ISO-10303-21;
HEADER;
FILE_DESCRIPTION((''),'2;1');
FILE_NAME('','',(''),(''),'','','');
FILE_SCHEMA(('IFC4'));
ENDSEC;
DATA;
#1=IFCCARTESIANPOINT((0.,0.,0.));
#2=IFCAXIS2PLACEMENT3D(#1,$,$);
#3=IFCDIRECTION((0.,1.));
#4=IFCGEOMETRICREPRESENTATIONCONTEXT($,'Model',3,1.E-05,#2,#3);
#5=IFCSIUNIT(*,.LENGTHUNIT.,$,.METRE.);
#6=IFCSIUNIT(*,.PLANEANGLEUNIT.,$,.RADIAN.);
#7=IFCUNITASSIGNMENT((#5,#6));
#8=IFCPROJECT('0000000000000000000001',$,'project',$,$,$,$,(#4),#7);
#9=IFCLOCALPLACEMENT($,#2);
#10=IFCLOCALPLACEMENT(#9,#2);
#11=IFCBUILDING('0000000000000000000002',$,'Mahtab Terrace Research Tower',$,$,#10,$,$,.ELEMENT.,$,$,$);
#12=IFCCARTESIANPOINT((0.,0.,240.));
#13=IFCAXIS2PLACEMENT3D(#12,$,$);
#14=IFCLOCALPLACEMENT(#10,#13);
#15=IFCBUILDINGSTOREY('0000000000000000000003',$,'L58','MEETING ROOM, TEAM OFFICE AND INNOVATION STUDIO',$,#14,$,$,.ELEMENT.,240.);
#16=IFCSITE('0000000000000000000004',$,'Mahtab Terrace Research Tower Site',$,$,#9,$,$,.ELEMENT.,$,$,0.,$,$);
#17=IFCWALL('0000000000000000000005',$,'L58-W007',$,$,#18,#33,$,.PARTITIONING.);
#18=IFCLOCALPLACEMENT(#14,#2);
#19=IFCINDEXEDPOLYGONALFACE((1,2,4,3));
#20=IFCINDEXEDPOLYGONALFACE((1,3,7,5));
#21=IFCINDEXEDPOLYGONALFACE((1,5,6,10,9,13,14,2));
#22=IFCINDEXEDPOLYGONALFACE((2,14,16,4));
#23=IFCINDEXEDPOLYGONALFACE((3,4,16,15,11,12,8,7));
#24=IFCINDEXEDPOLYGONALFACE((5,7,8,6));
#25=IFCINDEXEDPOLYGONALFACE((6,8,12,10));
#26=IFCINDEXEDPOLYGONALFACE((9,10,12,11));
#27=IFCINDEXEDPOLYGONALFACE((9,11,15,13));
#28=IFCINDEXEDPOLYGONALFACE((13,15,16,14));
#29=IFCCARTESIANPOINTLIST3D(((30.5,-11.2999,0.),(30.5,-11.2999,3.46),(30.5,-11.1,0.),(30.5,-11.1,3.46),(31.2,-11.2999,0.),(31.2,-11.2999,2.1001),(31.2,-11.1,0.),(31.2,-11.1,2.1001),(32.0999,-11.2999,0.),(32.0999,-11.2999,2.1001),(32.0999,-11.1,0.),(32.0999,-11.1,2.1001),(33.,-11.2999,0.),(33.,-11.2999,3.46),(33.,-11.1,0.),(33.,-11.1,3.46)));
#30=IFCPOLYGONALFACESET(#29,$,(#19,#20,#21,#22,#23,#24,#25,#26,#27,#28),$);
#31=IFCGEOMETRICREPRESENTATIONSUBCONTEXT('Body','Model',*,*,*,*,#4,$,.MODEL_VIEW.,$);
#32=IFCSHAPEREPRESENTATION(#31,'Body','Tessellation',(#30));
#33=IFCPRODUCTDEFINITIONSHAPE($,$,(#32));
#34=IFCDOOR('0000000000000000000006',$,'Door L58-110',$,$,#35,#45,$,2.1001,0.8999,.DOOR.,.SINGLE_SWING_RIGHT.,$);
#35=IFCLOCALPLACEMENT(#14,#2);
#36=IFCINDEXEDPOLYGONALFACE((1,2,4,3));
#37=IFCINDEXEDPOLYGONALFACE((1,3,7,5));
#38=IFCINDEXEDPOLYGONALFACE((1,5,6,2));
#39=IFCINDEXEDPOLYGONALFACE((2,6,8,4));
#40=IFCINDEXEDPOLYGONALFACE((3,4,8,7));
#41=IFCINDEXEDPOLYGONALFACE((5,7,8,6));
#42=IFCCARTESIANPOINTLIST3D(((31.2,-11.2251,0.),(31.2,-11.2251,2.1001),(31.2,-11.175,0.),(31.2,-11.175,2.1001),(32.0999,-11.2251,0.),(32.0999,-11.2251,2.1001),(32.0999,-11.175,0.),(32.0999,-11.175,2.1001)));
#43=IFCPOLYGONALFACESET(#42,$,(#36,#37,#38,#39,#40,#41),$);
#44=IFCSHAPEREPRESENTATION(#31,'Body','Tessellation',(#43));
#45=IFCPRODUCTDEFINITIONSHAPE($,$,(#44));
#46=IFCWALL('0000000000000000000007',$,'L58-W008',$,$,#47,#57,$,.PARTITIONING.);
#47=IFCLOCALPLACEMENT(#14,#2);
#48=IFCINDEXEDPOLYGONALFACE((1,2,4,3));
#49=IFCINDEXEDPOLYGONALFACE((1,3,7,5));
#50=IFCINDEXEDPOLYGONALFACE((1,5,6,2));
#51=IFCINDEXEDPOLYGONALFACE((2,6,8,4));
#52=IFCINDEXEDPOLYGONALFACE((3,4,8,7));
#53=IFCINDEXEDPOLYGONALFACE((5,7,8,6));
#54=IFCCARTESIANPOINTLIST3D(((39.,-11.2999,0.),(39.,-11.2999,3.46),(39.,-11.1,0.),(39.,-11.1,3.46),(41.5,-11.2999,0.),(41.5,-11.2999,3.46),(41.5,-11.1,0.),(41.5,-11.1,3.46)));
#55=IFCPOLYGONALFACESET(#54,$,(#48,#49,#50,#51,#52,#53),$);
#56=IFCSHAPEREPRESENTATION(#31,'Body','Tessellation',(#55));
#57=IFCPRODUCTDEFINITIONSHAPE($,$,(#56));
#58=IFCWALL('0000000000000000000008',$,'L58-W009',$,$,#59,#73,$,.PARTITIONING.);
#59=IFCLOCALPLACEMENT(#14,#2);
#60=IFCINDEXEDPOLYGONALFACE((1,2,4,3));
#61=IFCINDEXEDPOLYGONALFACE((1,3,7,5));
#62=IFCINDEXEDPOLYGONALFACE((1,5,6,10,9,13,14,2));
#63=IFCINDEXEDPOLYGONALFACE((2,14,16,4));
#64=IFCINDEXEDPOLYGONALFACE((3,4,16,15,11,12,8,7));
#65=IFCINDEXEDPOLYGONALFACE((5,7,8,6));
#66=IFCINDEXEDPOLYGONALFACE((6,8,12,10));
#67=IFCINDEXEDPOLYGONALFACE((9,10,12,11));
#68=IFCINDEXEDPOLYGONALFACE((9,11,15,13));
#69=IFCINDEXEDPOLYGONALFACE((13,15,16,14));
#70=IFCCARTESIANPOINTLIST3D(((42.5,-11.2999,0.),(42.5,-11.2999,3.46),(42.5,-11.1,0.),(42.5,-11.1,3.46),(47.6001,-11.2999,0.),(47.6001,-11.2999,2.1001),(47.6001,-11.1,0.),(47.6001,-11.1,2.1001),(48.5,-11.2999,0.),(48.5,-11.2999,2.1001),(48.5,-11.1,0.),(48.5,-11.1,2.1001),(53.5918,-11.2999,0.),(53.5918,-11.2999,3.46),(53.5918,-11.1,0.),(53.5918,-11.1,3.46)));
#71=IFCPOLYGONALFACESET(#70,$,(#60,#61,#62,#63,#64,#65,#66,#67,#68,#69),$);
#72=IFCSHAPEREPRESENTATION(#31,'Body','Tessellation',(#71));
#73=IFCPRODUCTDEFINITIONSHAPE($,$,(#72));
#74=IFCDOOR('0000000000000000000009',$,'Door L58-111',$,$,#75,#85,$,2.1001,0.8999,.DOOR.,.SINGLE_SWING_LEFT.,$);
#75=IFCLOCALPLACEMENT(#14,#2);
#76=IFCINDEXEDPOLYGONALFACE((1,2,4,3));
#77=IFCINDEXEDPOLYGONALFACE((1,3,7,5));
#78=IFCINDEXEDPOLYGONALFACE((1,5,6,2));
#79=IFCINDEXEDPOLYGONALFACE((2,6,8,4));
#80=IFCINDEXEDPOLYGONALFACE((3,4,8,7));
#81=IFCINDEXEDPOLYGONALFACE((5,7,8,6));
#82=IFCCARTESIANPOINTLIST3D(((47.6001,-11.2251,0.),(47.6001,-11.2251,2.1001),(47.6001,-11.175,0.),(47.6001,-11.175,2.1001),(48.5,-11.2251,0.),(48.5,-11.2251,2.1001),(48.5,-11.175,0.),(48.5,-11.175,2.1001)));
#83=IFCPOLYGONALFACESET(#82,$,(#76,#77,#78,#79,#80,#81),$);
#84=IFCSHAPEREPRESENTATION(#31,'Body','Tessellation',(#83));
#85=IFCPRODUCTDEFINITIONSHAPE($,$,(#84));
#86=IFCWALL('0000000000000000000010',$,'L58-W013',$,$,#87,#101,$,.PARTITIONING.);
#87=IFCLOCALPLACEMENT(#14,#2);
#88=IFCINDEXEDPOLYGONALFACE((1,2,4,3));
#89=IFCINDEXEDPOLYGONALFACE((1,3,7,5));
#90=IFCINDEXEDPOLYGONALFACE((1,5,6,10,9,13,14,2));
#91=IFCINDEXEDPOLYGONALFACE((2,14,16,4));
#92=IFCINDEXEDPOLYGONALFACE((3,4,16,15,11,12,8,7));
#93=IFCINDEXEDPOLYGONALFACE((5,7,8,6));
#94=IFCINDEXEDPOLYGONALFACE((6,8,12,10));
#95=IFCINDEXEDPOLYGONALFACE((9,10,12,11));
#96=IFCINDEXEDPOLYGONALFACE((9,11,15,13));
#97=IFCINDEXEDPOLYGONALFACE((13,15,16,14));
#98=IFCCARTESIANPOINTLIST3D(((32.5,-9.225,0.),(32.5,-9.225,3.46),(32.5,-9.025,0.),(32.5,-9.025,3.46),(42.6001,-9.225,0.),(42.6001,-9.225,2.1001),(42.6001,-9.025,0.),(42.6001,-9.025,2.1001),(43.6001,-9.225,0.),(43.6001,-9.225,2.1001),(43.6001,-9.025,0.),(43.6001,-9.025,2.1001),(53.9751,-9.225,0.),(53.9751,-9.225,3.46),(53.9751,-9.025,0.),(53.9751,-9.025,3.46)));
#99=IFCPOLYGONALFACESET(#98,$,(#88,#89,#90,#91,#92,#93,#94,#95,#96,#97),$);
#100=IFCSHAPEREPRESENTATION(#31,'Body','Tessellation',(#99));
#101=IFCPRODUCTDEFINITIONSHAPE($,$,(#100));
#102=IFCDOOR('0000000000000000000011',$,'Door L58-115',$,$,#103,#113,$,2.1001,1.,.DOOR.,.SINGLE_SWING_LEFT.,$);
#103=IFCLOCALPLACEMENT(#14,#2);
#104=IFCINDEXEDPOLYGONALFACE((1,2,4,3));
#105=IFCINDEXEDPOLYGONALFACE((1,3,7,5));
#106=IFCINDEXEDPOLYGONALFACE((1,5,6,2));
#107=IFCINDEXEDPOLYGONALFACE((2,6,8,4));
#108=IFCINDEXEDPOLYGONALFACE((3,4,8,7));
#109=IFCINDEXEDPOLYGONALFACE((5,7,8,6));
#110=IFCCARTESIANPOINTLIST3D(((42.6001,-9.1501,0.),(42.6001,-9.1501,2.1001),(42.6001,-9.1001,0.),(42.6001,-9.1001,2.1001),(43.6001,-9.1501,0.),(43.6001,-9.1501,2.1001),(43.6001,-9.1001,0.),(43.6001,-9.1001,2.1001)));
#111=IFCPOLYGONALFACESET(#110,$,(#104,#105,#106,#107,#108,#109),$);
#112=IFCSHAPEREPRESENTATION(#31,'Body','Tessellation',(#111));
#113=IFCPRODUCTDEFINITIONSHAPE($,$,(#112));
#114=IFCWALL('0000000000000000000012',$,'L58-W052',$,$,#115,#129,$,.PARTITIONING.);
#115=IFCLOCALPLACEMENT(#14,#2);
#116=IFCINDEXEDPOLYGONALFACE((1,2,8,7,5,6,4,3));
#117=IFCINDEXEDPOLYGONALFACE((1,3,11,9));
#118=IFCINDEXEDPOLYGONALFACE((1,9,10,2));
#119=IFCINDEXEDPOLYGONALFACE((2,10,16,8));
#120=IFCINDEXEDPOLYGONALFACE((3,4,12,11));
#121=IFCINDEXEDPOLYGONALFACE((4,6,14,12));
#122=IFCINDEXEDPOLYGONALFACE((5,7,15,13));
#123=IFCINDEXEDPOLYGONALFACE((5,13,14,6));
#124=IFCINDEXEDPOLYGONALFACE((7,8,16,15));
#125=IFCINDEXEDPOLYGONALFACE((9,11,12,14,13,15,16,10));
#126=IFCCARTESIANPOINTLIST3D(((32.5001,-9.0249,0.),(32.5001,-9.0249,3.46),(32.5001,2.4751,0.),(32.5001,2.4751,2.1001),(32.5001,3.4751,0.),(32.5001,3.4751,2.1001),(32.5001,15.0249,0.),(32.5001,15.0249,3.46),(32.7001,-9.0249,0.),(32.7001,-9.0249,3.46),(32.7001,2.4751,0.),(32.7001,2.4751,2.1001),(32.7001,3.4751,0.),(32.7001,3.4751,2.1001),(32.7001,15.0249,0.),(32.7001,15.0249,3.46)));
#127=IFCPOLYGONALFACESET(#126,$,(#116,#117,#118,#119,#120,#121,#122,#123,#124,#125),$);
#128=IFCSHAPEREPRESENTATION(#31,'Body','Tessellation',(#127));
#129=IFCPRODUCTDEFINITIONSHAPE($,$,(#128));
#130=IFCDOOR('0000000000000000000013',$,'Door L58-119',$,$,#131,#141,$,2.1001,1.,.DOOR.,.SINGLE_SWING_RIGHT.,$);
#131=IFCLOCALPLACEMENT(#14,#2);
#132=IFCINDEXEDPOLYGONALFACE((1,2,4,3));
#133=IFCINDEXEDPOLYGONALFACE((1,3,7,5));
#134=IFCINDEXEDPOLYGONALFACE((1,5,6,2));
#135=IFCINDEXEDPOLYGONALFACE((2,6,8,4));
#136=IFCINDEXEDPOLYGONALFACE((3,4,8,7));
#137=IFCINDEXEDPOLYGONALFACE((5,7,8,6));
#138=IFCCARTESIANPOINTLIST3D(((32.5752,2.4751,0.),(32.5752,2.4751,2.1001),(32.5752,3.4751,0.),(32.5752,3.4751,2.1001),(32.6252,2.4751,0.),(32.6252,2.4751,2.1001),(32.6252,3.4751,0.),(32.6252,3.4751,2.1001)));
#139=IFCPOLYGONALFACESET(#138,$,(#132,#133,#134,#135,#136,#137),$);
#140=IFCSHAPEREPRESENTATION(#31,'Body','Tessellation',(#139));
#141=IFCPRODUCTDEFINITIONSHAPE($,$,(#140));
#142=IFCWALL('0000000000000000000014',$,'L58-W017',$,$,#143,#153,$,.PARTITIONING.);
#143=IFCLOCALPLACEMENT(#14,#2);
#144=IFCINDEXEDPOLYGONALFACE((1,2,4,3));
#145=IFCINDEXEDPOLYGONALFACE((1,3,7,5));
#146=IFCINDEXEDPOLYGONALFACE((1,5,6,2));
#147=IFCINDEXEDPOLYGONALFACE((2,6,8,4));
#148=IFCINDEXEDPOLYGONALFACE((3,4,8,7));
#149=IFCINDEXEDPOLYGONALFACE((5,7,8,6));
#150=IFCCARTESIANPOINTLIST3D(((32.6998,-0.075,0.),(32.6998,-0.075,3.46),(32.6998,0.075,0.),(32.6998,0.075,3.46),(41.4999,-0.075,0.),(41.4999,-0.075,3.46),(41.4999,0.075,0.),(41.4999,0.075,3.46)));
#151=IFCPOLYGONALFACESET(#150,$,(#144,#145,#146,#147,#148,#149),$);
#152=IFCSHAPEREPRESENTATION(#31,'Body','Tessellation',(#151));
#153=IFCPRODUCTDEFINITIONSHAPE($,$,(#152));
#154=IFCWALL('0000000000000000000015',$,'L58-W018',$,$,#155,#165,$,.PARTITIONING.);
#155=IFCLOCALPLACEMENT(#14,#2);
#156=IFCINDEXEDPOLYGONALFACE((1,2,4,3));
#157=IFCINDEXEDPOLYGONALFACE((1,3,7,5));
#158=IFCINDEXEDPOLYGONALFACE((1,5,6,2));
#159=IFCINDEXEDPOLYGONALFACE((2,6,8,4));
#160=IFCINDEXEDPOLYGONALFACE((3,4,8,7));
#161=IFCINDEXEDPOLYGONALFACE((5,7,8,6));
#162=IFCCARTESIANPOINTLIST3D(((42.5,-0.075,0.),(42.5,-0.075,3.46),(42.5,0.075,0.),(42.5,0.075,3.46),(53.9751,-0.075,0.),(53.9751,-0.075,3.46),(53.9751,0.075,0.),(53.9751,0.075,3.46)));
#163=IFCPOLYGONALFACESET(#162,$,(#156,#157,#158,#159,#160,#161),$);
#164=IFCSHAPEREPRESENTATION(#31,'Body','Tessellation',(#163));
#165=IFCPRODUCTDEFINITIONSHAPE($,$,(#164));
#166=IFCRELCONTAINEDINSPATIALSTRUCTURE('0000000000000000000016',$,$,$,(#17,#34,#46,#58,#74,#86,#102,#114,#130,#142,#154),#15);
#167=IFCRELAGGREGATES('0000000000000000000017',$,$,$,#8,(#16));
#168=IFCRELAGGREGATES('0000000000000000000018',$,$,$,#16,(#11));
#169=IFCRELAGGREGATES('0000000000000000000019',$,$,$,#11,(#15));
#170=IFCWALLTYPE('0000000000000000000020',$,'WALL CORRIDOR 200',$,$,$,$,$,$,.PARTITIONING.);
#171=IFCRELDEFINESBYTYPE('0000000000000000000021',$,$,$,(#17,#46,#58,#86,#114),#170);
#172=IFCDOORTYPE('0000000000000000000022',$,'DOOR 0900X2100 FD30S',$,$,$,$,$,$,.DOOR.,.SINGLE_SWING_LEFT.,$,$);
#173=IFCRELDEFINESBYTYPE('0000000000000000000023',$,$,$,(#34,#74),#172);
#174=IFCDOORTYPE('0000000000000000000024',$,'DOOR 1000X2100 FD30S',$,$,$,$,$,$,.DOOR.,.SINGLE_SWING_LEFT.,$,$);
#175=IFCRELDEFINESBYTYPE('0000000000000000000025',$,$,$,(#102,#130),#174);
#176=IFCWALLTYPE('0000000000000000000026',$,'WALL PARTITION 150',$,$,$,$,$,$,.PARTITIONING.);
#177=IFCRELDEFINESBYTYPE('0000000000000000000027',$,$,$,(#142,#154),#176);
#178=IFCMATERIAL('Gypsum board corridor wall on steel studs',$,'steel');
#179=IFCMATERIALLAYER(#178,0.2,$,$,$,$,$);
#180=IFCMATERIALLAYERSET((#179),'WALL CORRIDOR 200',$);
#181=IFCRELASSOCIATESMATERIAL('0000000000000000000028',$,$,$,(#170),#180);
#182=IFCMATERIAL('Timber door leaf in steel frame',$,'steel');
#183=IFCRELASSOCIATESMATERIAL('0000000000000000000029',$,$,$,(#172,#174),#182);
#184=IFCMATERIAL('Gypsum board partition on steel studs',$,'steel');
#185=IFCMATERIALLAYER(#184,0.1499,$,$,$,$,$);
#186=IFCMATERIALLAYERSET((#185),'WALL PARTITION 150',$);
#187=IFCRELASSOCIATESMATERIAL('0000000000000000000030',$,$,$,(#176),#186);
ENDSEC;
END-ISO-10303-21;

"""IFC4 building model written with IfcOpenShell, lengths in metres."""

from ifc_helpers import new_model, si_unit, direction, frame, frame_2d, origin, place, context, subcontext, project, spatial, rectangle, extrude, material, layer, layer_set, type_object, element, fill, save


model = new_model("IFC4")

# Units and contexts
model_context = context("Model", 3, precision=1e-05, world=origin(), true_north=direction((0.0, 1.0)))
body_context = subcontext(model_context, "Body", "Model", "MODEL_VIEW")
ifc_project = project(units=[si_unit("LENGTHUNIT", "METRE"), si_unit("PLANEANGLEUNIT", "RADIAN")], contexts=[model_context])

# Site, building, storey
site_placement = place(None, origin())
site = spatial("IfcSite", under=ifc_project, at=site_placement, Name="Mahtab Terrace Research Tower Site", CompositionType="ELEMENT", RefElevation=0.0)
building_placement = place(site_placement, origin())
building = spatial("IfcBuilding", under=site, at=building_placement, Name="Mahtab Terrace Research Tower", CompositionType="ELEMENT")
storey_placement = place(building_placement, frame((0.0, 0.0, 240.0)))
storey = spatial("IfcBuildingStorey", under=building, at=storey_placement, Name="L58", Description="MEETING ROOM, TEAM OFFICE AND INNOVATION STUDIO", CompositionType="ELEMENT", Elevation=240.0)

# Wall, opening, door
ifc_material_1 = material(Name="Gypsum board corridor wall on steel studs", Category="steel")
ifc_layer_1 = layer(ifc_material_1, 0.2)
ifc_layer_set_1 = layer_set([ifc_layer_1], Name="WALL CORRIDOR 200")
wall_type_1 = type_object("IfcWallType", Name="WALL CORRIDOR 200", PredefinedType="PARTITIONING", material=ifc_layer_set_1)
wall_1_placement = place(storey_placement, frame((30.5, -11.2, 0.0), z_axis=(0.0, 0.0, 1.0), x_axis=(1.0, 0.0, 0.0)))
wall_1 = element("IfcWall", 1, at=wall_1_placement, inside=storey, type_object=wall_type_1, Name="L58-W007", PredefinedType="PARTITIONING", context=body_context, shape_type="SweptSolid", body=[
    extrude(rectangle(XDim=2.5, YDim=0.2, at=frame_2d((1.25, 0.0))), origin(), (0.0, 0.0, 1.0), 3.46),
])
opening_1_placement = place(wall_1_placement, frame((0.7, 0.0, 0.0)))
opening_1 = element("IfcOpeningElement", 2, at=opening_1_placement, cuts=wall_1, PredefinedType="OPENING", context=body_context, shape_type="SweptSolid", body=[
    extrude(rectangle(XDim=0.8999, YDim=2.1001, at=frame_2d((0.45, 1.05))), frame((0.0, 0.1099, 0.0), z_axis=(0.0, -1.0, 0.0), x_axis=(1.0, 0.0, 0.0)), (0.0, 0.0, 1.0), 0.22),
])
ifc_material_2 = material(Name="Timber door leaf in steel frame", Category="steel")
door_type_1 = type_object("IfcDoorType", Name="DOOR 0900X2100 FD30S", OperationType="SINGLE_SWING_LEFT", PredefinedType="DOOR", material=ifc_material_2)
door_1_placement = place(opening_1_placement, origin())
door_1 = element("IfcDoor", 3, at=door_1_placement, inside=storey, type_object=door_type_1, Name="Door L58-110", OperationType="SINGLE_SWING_RIGHT", OverallHeight=2.1001, OverallWidth=0.8999, PredefinedType="DOOR", context=body_context, shape_type="SweptSolid", body=[
    extrude(rectangle(XDim=0.8999, YDim=2.1001, at=frame_2d((0.45, 1.05))), frame((0.0, 0.0249, 0.0), z_axis=(0.0, -1.0, 0.0), x_axis=(1.0, 0.0, 0.0)), (0.0, 0.0, 1.0), 0.05),
])
fill(opening_1, door_1)

# Wall
wall_2_placement = place(storey_placement, frame((39.0, -11.2, 0.0), z_axis=(0.0, 0.0, 1.0), x_axis=(1.0, 0.0, 0.0)))
element("IfcWall", 4, at=wall_2_placement, inside=storey, type_object=wall_type_1, Name="L58-W008", PredefinedType="PARTITIONING", context=body_context, shape_type="SweptSolid", body=[
    extrude(rectangle(XDim=2.5, YDim=0.2, at=frame_2d((1.25, 0.0))), origin(), (0.0, 0.0, 1.0), 3.46),
])

# Walls, openings, doors
wall_3_placement = place(storey_placement, frame((42.5, -11.2, 0.0), z_axis=(0.0, 0.0, 1.0), x_axis=(1.0, 0.0, 0.0)))
wall_3 = element("IfcWall", 5, at=wall_3_placement, inside=storey, type_object=wall_type_1, Name="L58-W009", PredefinedType="PARTITIONING", context=body_context, shape_type="SweptSolid", body=[
    extrude(rectangle(XDim=11.0918, YDim=0.2, at=frame_2d((5.5459, 0.0))), origin(), (0.0, 0.0, 1.0), 3.46),
])
opening_2_placement = place(wall_3_placement, frame((5.1001, 0.0, 0.0)))
opening_2 = element("IfcOpeningElement", 6, at=opening_2_placement, cuts=wall_3, PredefinedType="OPENING", context=body_context, shape_type="SweptSolid", body=[
    extrude(rectangle(XDim=0.8999, YDim=2.1001, at=frame_2d((0.45, 1.05))), frame((0.0, 0.1099, 0.0), z_axis=(0.0, -1.0, 0.0), x_axis=(1.0, 0.0, 0.0)), (0.0, 0.0, 1.0), 0.22),
])
door_2_placement = place(opening_2_placement, origin())
door_2 = element("IfcDoor", 7, at=door_2_placement, inside=storey, type_object=door_type_1, Name="Door L58-111", OperationType="SINGLE_SWING_LEFT", OverallHeight=2.1001, OverallWidth=0.8999, PredefinedType="DOOR", context=body_context, shape_type="SweptSolid", body=[
    extrude(rectangle(XDim=0.8999, YDim=2.1001, at=frame_2d((0.45, 1.05))), frame((0.0, 0.0249, 0.0), z_axis=(0.0, -1.0, 0.0), x_axis=(1.0, 0.0, 0.0)), (0.0, 0.0, 1.0), 0.05),
])
fill(opening_2, door_2)
wall_4_placement = place(storey_placement, frame((32.5, -9.125, 0.0), z_axis=(0.0, 0.0, 1.0), x_axis=(1.0, 0.0, 0.0)))
wall_4 = element("IfcWall", 8, at=wall_4_placement, inside=storey, type_object=wall_type_1, Name="L58-W013", PredefinedType="PARTITIONING", context=body_context, shape_type="SweptSolid", body=[
    extrude(rectangle(XDim=21.4751, YDim=0.2, at=frame_2d((10.7375, 0.0))), origin(), (0.0, 0.0, 1.0), 3.46),
])
opening_3_placement = place(wall_4_placement, frame((10.1001, 0.0, 0.0)))
opening_3 = element("IfcOpeningElement", 9, at=opening_3_placement, cuts=wall_4, PredefinedType="OPENING", context=body_context, shape_type="SweptSolid", body=[
    extrude(rectangle(XDim=1.0, YDim=2.1001, at=frame_2d((0.5, 1.05))), frame((0.0, 0.1099, 0.0), z_axis=(0.0, -1.0, 0.0), x_axis=(1.0, 0.0, 0.0)), (0.0, 0.0, 1.0), 0.22),
])
door_type_2 = type_object("IfcDoorType", Name="DOOR 1000X2100 FD30S", OperationType="SINGLE_SWING_LEFT", PredefinedType="DOOR", material=ifc_material_2)
door_3_placement = place(opening_3_placement, origin())
door_3 = element("IfcDoor", 10, at=door_3_placement, inside=storey, type_object=door_type_2, Name="Door L58-115", OperationType="SINGLE_SWING_LEFT", OverallHeight=2.1001, OverallWidth=1.0, PredefinedType="DOOR", context=body_context, shape_type="SweptSolid", body=[
    extrude(rectangle(XDim=1.0, YDim=2.1001, at=frame_2d((0.5, 1.05))), frame((0.0, 0.0249, 0.0), z_axis=(0.0, -1.0, 0.0), x_axis=(1.0, 0.0, 0.0)), (0.0, 0.0, 1.0), 0.05),
])
fill(opening_3, door_3)
wall_5_placement = place(storey_placement, frame((32.6001, -9.0249, 0.0), z_axis=(0.0, 0.0, 1.0), x_axis=(0.0, 1.0, 0.0)))
wall_5 = element("IfcWall", 11, at=wall_5_placement, inside=storey, type_object=wall_type_1, Name="L58-W052", PredefinedType="PARTITIONING", context=body_context, shape_type="SweptSolid", body=[
    extrude(rectangle(XDim=24.0498, YDim=0.2, at=frame_2d((12.0249, 0.0))), origin(), (0.0, 0.0, 1.0), 3.46),
])
opening_4_placement = place(wall_5_placement, frame((11.5, 0.0, 0.0)))
opening_4 = element("IfcOpeningElement", 12, at=opening_4_placement, cuts=wall_5, PredefinedType="OPENING", context=body_context, shape_type="SweptSolid", body=[
    extrude(rectangle(XDim=1.0, YDim=2.1001, at=frame_2d((0.5, 1.05))), frame((0.0, 0.1099, 0.0), z_axis=(0.0, -1.0, 0.0), x_axis=(1.0, 0.0, 0.0)), (0.0, 0.0, 1.0), 0.22),
])
door_4_placement = place(opening_4_placement, origin())
door_4 = element("IfcDoor", 13, at=door_4_placement, inside=storey, type_object=door_type_2, Name="Door L58-119", OperationType="SINGLE_SWING_RIGHT", OverallHeight=2.1001, OverallWidth=1.0, PredefinedType="DOOR", context=body_context, shape_type="SweptSolid", body=[
    extrude(rectangle(XDim=1.0, YDim=2.1001, at=frame_2d((0.5, 1.05))), frame((0.0, 0.0249, 0.0), z_axis=(0.0, -1.0, 0.0), x_axis=(1.0, 0.0, 0.0)), (0.0, 0.0, 1.0), 0.05),
])
fill(opening_4, door_4)

# Walls
ifc_material_3 = material(Name="Gypsum board partition on steel studs", Category="steel")
ifc_layer_2 = layer(ifc_material_3, 0.1499)
ifc_layer_set_2 = layer_set([ifc_layer_2], Name="WALL PARTITION 150")
wall_type_2 = type_object("IfcWallType", Name="WALL PARTITION 150", PredefinedType="PARTITIONING", material=ifc_layer_set_2)
wall_6_placement = place(storey_placement, frame((32.7, 0.0, 0.0), z_axis=(0.0, 0.0, 1.0), x_axis=(1.0, 0.0, 0.0)))
element("IfcWall", 14, at=wall_6_placement, inside=storey, type_object=wall_type_2, Name="L58-W017", PredefinedType="PARTITIONING", context=body_context, shape_type="SweptSolid", body=[
    extrude(rectangle(XDim=8.8, YDim=0.1499, at=frame_2d((4.3999, 0.0))), origin(), (0.0, 0.0, 1.0), 3.46),
])
wall_7_placement = place(storey_placement, frame((42.5, 0.0, 0.0), z_axis=(0.0, 0.0, 1.0), x_axis=(1.0, 0.0, 0.0)))
element("IfcWall", 15, at=wall_7_placement, inside=storey, type_object=wall_type_2, Name="L58-W018", PredefinedType="PARTITIONING", context=body_context, shape_type="SweptSolid", body=[
    extrude(rectangle(XDim=11.4751, YDim=0.1499, at=frame_2d((5.7375, 0.0))), origin(), (0.0, 0.0, 1.0), 3.46),
])

save(model, "model.ifc")
